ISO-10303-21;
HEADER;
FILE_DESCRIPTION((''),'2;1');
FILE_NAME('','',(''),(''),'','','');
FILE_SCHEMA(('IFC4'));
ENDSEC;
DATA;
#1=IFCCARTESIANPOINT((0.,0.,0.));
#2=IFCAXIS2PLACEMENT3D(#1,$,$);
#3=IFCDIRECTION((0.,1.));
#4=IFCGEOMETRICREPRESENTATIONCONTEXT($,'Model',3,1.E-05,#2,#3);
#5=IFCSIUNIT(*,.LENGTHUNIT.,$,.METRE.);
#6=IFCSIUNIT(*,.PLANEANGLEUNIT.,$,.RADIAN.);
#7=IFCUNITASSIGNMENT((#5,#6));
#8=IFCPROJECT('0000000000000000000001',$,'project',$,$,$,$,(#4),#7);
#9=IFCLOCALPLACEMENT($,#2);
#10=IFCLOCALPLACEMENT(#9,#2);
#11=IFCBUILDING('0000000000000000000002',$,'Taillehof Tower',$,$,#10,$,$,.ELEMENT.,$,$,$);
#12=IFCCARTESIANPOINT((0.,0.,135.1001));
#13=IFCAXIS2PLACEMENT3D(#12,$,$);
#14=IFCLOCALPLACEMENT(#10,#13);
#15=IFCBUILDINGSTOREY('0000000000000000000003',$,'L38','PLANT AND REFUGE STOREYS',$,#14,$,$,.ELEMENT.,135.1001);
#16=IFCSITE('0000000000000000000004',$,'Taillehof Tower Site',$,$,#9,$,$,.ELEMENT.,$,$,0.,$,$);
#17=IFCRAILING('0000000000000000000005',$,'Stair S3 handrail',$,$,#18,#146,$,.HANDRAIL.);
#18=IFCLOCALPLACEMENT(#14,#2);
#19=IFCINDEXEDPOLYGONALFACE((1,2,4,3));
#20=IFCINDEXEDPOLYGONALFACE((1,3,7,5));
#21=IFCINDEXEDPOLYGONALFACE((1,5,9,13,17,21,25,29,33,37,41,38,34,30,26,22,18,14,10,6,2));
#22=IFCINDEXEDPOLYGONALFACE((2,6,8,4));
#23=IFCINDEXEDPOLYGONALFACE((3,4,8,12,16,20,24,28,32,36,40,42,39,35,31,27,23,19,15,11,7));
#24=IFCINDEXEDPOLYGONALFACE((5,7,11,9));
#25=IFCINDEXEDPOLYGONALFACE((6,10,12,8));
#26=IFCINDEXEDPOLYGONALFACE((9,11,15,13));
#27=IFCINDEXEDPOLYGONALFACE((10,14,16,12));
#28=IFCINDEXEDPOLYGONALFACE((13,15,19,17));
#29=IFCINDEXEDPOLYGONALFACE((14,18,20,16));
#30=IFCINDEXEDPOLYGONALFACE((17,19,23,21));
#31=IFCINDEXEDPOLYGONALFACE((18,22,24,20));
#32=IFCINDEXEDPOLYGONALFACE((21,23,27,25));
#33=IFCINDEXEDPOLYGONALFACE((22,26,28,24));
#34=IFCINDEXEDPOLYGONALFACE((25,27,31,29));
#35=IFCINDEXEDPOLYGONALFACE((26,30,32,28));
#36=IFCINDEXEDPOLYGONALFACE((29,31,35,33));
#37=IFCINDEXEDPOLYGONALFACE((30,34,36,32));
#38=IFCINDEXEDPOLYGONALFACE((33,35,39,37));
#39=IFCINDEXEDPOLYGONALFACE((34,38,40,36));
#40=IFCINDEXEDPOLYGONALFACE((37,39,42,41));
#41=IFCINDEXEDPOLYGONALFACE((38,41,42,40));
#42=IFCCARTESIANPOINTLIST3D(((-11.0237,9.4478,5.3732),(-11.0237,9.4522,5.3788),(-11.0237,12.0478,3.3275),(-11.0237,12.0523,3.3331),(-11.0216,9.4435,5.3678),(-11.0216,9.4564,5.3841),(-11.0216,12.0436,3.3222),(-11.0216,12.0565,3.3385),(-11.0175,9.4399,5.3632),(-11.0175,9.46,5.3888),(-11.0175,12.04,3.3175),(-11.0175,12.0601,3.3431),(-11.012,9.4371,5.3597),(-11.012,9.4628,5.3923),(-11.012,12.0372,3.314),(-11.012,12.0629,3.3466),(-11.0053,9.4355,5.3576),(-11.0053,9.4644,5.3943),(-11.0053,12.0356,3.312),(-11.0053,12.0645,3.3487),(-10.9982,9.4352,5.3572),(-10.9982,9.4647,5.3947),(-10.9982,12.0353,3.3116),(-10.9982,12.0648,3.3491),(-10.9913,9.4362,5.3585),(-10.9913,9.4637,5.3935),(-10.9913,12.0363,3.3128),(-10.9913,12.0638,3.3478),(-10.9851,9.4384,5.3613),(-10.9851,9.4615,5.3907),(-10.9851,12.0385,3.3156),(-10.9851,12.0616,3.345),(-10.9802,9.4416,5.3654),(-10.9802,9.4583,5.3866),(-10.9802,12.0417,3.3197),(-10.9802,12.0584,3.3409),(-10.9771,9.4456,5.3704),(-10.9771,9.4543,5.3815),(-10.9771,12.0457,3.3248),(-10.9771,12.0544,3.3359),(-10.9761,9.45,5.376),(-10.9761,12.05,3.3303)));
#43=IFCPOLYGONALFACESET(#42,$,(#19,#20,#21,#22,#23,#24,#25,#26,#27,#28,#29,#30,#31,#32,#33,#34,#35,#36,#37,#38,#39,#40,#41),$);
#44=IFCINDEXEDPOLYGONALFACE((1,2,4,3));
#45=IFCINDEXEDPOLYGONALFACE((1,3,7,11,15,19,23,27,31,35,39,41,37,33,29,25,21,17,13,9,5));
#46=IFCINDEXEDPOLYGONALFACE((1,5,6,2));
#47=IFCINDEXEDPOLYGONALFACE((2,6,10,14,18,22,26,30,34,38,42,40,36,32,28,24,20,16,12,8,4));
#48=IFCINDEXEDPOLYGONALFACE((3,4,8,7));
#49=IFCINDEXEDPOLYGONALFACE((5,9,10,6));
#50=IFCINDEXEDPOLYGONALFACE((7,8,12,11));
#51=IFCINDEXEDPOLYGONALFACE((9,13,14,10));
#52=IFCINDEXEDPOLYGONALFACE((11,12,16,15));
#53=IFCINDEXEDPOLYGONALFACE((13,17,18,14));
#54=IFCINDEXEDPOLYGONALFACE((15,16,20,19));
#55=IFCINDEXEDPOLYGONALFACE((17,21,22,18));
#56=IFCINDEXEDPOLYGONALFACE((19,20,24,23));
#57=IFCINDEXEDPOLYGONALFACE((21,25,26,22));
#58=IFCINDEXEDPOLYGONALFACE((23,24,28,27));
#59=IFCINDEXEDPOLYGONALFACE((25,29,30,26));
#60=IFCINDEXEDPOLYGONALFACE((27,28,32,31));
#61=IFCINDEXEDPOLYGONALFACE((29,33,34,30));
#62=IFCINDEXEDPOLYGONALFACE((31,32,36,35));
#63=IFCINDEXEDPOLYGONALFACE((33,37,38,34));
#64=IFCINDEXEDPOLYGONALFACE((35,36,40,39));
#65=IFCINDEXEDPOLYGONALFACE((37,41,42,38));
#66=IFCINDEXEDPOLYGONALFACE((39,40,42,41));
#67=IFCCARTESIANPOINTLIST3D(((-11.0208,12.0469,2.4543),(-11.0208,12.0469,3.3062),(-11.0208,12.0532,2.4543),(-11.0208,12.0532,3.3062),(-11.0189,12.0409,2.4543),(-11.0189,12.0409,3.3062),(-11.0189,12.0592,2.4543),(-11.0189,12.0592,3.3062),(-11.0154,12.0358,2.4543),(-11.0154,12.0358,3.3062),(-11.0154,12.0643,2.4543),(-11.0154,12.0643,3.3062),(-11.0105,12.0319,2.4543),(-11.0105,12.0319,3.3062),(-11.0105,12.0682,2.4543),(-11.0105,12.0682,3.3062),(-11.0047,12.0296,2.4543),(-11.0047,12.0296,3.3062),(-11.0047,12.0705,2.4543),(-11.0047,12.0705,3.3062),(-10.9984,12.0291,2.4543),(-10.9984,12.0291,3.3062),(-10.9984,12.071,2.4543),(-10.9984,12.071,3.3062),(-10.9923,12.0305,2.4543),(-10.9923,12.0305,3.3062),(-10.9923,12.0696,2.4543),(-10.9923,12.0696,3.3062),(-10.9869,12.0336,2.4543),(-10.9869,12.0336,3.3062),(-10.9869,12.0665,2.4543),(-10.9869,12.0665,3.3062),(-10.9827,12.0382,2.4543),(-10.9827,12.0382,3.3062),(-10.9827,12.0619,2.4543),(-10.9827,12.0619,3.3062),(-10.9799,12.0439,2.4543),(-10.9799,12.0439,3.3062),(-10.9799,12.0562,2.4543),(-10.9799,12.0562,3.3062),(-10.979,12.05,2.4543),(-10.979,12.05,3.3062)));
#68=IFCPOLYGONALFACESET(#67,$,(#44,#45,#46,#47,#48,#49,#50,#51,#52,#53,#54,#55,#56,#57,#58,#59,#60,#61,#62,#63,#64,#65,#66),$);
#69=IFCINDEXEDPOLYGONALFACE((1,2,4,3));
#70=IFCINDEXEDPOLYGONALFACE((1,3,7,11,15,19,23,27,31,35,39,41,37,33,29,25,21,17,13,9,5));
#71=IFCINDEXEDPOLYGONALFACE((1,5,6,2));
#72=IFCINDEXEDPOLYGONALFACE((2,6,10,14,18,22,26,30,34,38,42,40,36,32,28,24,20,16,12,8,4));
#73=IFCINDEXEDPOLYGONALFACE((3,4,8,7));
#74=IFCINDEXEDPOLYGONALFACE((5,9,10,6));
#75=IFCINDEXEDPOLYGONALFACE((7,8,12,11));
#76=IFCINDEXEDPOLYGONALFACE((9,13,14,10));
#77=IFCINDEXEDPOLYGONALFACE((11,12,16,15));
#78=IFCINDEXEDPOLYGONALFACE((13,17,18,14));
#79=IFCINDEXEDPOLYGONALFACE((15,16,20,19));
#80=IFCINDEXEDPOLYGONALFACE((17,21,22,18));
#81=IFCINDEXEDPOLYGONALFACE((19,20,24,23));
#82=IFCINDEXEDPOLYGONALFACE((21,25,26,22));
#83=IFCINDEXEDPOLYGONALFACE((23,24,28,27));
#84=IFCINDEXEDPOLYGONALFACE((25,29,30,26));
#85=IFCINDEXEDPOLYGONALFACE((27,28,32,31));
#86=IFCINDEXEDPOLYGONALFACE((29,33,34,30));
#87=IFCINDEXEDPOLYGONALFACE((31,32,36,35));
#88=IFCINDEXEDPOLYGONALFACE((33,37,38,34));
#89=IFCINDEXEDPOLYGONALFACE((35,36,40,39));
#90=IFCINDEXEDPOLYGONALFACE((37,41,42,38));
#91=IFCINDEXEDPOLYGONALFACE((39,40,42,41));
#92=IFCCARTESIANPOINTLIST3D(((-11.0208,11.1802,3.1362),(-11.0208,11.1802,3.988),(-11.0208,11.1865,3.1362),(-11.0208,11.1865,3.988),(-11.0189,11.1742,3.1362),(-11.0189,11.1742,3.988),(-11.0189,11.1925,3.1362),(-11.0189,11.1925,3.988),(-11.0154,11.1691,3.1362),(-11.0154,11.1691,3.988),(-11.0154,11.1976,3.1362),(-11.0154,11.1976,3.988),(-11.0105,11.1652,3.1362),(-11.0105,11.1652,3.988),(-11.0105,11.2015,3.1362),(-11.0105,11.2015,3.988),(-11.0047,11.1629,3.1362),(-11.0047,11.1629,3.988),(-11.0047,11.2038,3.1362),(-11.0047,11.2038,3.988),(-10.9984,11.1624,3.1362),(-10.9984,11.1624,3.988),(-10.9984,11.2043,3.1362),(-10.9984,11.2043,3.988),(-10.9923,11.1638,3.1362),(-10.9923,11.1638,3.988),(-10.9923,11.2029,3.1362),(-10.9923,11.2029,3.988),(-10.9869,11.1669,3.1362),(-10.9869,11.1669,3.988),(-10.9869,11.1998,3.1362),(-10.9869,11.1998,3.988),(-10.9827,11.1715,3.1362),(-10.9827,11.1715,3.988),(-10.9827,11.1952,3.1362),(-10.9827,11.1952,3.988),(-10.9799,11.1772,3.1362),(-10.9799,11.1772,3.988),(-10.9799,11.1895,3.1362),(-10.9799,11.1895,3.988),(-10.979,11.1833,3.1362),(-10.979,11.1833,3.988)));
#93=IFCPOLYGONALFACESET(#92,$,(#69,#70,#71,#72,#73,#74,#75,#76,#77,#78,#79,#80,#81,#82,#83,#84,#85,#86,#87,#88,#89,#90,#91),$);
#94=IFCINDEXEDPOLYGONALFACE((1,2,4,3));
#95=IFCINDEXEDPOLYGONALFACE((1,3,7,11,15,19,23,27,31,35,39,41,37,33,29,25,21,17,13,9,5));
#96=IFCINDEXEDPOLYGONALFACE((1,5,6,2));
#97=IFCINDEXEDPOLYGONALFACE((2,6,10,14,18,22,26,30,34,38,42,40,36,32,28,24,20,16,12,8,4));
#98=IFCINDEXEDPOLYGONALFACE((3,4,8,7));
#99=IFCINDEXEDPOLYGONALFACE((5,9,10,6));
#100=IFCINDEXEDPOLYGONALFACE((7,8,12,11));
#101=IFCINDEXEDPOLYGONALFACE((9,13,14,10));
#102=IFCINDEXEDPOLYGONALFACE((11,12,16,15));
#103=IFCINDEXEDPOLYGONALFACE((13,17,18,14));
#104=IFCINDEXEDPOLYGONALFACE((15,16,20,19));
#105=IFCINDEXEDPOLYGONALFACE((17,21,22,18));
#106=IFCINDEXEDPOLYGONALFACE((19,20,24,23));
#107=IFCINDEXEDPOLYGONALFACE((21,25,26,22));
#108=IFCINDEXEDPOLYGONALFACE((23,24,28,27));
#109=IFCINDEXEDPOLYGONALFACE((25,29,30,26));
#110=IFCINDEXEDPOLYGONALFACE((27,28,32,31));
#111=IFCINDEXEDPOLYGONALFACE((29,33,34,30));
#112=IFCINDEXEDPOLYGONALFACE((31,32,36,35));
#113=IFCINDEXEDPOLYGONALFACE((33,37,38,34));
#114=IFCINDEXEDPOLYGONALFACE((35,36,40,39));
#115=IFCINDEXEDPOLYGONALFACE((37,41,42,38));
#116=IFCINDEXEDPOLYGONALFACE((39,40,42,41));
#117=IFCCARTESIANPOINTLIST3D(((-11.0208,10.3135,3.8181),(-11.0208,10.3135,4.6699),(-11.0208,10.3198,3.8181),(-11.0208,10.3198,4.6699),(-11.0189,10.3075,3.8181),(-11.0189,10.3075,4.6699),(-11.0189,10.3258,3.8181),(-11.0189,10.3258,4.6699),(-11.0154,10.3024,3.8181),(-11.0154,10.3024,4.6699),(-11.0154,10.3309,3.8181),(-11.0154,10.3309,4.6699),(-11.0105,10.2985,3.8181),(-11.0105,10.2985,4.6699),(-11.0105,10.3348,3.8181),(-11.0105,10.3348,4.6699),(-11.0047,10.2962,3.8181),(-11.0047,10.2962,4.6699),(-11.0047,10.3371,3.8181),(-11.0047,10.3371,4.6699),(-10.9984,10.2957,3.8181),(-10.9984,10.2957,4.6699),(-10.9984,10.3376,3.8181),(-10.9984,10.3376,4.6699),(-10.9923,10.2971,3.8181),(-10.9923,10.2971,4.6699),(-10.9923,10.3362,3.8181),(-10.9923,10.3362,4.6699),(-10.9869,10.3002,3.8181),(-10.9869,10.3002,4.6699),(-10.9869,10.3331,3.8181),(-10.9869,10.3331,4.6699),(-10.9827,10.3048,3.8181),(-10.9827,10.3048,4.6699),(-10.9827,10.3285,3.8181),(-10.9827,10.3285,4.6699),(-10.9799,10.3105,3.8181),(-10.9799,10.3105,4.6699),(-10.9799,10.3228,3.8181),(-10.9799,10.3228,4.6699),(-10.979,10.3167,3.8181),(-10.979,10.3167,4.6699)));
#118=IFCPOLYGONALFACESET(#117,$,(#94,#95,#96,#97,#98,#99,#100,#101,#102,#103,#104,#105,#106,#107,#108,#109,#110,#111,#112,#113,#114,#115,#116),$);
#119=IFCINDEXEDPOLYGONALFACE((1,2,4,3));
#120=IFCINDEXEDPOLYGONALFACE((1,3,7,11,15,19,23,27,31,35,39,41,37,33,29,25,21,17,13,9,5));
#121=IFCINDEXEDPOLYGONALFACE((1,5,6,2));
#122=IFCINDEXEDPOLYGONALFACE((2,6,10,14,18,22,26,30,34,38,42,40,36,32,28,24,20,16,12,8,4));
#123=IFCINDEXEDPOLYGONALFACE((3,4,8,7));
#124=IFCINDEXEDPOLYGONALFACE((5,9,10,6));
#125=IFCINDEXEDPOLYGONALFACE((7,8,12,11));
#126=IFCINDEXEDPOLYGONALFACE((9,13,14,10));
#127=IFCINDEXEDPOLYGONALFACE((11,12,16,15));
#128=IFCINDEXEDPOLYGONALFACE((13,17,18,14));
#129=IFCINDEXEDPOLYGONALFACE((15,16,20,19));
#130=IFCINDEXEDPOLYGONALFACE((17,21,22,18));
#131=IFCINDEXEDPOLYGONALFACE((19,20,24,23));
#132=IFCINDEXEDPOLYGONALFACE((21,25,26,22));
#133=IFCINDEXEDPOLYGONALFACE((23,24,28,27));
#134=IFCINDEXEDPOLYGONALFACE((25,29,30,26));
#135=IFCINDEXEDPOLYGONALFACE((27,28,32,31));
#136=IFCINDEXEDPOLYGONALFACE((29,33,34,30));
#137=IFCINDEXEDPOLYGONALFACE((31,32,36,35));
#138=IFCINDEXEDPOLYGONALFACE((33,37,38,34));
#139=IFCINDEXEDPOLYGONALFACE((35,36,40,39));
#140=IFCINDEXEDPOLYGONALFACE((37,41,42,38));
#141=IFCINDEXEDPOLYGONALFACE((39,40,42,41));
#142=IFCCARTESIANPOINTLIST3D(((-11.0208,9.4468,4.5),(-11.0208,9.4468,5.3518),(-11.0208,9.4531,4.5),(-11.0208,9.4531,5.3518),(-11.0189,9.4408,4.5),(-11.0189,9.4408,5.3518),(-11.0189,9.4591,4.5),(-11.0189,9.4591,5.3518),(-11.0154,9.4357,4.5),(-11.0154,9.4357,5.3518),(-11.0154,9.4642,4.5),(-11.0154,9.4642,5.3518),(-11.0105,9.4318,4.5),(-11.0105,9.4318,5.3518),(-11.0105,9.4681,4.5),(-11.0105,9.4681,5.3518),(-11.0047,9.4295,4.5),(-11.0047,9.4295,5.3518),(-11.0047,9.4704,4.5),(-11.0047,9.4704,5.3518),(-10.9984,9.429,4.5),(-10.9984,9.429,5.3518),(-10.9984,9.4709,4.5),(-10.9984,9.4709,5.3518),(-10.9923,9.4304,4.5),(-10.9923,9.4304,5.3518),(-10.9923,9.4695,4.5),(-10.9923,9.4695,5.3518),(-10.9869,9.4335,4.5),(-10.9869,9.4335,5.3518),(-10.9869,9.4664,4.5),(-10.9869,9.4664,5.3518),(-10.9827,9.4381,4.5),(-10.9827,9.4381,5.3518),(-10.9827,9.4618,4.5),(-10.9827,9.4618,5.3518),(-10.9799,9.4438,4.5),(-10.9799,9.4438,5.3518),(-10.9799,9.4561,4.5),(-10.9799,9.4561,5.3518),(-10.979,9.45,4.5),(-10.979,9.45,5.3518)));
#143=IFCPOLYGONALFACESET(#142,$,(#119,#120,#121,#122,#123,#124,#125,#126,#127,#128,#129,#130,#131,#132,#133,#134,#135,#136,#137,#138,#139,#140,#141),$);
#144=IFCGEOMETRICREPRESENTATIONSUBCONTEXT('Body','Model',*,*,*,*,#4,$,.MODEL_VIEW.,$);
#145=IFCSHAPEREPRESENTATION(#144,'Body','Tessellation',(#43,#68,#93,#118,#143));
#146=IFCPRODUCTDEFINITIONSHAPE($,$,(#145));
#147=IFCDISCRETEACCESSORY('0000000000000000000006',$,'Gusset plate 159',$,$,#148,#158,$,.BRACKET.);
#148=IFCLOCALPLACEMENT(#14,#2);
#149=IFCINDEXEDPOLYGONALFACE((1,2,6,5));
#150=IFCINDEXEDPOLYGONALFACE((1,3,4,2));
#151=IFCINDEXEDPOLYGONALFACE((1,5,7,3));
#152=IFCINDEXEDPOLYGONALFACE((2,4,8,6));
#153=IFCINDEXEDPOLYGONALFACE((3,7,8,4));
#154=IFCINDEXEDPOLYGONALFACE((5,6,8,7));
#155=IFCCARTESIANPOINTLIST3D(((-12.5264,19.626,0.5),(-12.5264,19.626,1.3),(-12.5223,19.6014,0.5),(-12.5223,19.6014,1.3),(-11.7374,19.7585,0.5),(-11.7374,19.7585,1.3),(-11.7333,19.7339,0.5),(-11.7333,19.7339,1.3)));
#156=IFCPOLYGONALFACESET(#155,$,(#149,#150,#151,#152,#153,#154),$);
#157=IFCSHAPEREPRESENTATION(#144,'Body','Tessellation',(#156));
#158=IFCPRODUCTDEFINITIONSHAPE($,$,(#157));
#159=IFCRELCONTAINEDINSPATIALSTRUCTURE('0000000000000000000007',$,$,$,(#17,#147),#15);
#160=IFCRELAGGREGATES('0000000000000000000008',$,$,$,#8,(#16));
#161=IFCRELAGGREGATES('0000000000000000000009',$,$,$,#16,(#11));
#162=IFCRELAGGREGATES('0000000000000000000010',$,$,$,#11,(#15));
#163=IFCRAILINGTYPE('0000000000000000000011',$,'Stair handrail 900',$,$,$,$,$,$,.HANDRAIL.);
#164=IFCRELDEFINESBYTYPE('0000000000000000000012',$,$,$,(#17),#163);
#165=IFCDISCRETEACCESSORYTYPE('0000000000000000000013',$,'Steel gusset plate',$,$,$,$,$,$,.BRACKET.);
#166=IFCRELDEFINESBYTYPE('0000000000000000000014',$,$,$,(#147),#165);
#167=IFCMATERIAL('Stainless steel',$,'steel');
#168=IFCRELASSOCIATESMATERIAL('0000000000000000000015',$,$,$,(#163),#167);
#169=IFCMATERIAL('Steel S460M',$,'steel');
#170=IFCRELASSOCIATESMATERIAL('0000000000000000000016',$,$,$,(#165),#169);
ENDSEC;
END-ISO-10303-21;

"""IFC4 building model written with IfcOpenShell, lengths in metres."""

from ifc_helpers import new_model, si_unit, direction, frame, origin, origin_2d, place, context, subcontext, project, spatial, rectangle, circle, extrude, material, type_object, element, save


model = new_model("IFC4")

# Units and contexts
model_context = context("Model", 3, precision=1e-05, world=origin(), true_north=direction((0.0, 1.0)))
body_context = subcontext(model_context, "Body", "Model", "MODEL_VIEW")
ifc_project = project(units=[si_unit("LENGTHUNIT", "METRE"), si_unit("PLANEANGLEUNIT", "RADIAN")], contexts=[model_context])

# Site, building, storey
site_placement = place(None, origin())
site = spatial("IfcSite", under=ifc_project, at=site_placement, Name="Taillehof Tower Site", CompositionType="ELEMENT", RefElevation=0.0)
building_placement = place(site_placement, origin())
building = spatial("IfcBuilding", under=site, at=building_placement, Name="Taillehof Tower", CompositionType="ELEMENT")
storey_placement = place(building_placement, frame((0.0, 0.0, 135.1001)))
storey = spatial("IfcBuildingStorey", under=building, at=storey_placement, Name="L38", Description="PLANT AND REFUGE STOREYS", CompositionType="ELEMENT", Elevation=135.1001)

# Railing
ifc_material_1 = material(Name="Stainless steel", Category="steel")
railing_type = type_object("IfcRailingType", Name="Stair handrail 900", PredefinedType="HANDRAIL", material=ifc_material_1)
railing_placement = place(storey_placement, frame((-11.0, 12.05, 2.4543)))
element("IfcRailing", 1, at=railing_placement, inside=storey, type_object=railing_type, Name="Stair S3 handrail", PredefinedType="HANDRAIL", context=body_context, shape_type="SweptSolid", body=[
    extrude(circle(Radius=0.0239, at=origin_2d()), frame((0.0, 0.0, 0.876), z_axis=(0.0, -0.785919, 0.61833), x_axis=(1.0, 0.0, 0.0)), (0.0, 0.0, 1.0), 3.3083),
    extrude(circle(Radius=0.021, at=origin_2d()), origin(), (0.0, 0.0, 1.0), 0.8518),
    extrude(circle(Radius=0.021, at=origin_2d()), frame((0.0, -0.8667, 0.6819)), (0.0, 0.0, 1.0), 0.8518),
    extrude(circle(Radius=0.021, at=origin_2d()), frame((0.0, -1.7334, 1.3638)), (0.0, 0.0, 1.0), 0.8518),
    extrude(circle(Radius=0.021, at=origin_2d()), frame((0.0, -2.6001, 2.0457)), (0.0, 0.0, 1.0), 0.8518),
])

# Discrete accessory
ifc_material_2 = material(Name="Steel S460M", Category="steel")
discrete_accessory_type = type_object("IfcDiscreteAccessoryType", Name="Steel gusset plate", PredefinedType="BRACKET", material=ifc_material_2)
discrete_accessory_placement = place(storey_placement, frame((-12.1299, 19.6799, 0.5), z_axis=(0.0, 0.0, 1.0), x_axis=(-0.986187, -0.165635, 0.0)))
element("IfcDiscreteAccessory", 2, at=discrete_accessory_placement, inside=storey, type_object=discrete_accessory_type, Name="Gusset plate 159", PredefinedType="BRACKET", context=body_context, shape_type="SweptSolid", body=[
    extrude(rectangle(XDim=0.8, YDim=0.0249, at=origin_2d()), origin(), (0.0, 0.0, 1.0), 0.8),
])

save(model, "model.ifc")
